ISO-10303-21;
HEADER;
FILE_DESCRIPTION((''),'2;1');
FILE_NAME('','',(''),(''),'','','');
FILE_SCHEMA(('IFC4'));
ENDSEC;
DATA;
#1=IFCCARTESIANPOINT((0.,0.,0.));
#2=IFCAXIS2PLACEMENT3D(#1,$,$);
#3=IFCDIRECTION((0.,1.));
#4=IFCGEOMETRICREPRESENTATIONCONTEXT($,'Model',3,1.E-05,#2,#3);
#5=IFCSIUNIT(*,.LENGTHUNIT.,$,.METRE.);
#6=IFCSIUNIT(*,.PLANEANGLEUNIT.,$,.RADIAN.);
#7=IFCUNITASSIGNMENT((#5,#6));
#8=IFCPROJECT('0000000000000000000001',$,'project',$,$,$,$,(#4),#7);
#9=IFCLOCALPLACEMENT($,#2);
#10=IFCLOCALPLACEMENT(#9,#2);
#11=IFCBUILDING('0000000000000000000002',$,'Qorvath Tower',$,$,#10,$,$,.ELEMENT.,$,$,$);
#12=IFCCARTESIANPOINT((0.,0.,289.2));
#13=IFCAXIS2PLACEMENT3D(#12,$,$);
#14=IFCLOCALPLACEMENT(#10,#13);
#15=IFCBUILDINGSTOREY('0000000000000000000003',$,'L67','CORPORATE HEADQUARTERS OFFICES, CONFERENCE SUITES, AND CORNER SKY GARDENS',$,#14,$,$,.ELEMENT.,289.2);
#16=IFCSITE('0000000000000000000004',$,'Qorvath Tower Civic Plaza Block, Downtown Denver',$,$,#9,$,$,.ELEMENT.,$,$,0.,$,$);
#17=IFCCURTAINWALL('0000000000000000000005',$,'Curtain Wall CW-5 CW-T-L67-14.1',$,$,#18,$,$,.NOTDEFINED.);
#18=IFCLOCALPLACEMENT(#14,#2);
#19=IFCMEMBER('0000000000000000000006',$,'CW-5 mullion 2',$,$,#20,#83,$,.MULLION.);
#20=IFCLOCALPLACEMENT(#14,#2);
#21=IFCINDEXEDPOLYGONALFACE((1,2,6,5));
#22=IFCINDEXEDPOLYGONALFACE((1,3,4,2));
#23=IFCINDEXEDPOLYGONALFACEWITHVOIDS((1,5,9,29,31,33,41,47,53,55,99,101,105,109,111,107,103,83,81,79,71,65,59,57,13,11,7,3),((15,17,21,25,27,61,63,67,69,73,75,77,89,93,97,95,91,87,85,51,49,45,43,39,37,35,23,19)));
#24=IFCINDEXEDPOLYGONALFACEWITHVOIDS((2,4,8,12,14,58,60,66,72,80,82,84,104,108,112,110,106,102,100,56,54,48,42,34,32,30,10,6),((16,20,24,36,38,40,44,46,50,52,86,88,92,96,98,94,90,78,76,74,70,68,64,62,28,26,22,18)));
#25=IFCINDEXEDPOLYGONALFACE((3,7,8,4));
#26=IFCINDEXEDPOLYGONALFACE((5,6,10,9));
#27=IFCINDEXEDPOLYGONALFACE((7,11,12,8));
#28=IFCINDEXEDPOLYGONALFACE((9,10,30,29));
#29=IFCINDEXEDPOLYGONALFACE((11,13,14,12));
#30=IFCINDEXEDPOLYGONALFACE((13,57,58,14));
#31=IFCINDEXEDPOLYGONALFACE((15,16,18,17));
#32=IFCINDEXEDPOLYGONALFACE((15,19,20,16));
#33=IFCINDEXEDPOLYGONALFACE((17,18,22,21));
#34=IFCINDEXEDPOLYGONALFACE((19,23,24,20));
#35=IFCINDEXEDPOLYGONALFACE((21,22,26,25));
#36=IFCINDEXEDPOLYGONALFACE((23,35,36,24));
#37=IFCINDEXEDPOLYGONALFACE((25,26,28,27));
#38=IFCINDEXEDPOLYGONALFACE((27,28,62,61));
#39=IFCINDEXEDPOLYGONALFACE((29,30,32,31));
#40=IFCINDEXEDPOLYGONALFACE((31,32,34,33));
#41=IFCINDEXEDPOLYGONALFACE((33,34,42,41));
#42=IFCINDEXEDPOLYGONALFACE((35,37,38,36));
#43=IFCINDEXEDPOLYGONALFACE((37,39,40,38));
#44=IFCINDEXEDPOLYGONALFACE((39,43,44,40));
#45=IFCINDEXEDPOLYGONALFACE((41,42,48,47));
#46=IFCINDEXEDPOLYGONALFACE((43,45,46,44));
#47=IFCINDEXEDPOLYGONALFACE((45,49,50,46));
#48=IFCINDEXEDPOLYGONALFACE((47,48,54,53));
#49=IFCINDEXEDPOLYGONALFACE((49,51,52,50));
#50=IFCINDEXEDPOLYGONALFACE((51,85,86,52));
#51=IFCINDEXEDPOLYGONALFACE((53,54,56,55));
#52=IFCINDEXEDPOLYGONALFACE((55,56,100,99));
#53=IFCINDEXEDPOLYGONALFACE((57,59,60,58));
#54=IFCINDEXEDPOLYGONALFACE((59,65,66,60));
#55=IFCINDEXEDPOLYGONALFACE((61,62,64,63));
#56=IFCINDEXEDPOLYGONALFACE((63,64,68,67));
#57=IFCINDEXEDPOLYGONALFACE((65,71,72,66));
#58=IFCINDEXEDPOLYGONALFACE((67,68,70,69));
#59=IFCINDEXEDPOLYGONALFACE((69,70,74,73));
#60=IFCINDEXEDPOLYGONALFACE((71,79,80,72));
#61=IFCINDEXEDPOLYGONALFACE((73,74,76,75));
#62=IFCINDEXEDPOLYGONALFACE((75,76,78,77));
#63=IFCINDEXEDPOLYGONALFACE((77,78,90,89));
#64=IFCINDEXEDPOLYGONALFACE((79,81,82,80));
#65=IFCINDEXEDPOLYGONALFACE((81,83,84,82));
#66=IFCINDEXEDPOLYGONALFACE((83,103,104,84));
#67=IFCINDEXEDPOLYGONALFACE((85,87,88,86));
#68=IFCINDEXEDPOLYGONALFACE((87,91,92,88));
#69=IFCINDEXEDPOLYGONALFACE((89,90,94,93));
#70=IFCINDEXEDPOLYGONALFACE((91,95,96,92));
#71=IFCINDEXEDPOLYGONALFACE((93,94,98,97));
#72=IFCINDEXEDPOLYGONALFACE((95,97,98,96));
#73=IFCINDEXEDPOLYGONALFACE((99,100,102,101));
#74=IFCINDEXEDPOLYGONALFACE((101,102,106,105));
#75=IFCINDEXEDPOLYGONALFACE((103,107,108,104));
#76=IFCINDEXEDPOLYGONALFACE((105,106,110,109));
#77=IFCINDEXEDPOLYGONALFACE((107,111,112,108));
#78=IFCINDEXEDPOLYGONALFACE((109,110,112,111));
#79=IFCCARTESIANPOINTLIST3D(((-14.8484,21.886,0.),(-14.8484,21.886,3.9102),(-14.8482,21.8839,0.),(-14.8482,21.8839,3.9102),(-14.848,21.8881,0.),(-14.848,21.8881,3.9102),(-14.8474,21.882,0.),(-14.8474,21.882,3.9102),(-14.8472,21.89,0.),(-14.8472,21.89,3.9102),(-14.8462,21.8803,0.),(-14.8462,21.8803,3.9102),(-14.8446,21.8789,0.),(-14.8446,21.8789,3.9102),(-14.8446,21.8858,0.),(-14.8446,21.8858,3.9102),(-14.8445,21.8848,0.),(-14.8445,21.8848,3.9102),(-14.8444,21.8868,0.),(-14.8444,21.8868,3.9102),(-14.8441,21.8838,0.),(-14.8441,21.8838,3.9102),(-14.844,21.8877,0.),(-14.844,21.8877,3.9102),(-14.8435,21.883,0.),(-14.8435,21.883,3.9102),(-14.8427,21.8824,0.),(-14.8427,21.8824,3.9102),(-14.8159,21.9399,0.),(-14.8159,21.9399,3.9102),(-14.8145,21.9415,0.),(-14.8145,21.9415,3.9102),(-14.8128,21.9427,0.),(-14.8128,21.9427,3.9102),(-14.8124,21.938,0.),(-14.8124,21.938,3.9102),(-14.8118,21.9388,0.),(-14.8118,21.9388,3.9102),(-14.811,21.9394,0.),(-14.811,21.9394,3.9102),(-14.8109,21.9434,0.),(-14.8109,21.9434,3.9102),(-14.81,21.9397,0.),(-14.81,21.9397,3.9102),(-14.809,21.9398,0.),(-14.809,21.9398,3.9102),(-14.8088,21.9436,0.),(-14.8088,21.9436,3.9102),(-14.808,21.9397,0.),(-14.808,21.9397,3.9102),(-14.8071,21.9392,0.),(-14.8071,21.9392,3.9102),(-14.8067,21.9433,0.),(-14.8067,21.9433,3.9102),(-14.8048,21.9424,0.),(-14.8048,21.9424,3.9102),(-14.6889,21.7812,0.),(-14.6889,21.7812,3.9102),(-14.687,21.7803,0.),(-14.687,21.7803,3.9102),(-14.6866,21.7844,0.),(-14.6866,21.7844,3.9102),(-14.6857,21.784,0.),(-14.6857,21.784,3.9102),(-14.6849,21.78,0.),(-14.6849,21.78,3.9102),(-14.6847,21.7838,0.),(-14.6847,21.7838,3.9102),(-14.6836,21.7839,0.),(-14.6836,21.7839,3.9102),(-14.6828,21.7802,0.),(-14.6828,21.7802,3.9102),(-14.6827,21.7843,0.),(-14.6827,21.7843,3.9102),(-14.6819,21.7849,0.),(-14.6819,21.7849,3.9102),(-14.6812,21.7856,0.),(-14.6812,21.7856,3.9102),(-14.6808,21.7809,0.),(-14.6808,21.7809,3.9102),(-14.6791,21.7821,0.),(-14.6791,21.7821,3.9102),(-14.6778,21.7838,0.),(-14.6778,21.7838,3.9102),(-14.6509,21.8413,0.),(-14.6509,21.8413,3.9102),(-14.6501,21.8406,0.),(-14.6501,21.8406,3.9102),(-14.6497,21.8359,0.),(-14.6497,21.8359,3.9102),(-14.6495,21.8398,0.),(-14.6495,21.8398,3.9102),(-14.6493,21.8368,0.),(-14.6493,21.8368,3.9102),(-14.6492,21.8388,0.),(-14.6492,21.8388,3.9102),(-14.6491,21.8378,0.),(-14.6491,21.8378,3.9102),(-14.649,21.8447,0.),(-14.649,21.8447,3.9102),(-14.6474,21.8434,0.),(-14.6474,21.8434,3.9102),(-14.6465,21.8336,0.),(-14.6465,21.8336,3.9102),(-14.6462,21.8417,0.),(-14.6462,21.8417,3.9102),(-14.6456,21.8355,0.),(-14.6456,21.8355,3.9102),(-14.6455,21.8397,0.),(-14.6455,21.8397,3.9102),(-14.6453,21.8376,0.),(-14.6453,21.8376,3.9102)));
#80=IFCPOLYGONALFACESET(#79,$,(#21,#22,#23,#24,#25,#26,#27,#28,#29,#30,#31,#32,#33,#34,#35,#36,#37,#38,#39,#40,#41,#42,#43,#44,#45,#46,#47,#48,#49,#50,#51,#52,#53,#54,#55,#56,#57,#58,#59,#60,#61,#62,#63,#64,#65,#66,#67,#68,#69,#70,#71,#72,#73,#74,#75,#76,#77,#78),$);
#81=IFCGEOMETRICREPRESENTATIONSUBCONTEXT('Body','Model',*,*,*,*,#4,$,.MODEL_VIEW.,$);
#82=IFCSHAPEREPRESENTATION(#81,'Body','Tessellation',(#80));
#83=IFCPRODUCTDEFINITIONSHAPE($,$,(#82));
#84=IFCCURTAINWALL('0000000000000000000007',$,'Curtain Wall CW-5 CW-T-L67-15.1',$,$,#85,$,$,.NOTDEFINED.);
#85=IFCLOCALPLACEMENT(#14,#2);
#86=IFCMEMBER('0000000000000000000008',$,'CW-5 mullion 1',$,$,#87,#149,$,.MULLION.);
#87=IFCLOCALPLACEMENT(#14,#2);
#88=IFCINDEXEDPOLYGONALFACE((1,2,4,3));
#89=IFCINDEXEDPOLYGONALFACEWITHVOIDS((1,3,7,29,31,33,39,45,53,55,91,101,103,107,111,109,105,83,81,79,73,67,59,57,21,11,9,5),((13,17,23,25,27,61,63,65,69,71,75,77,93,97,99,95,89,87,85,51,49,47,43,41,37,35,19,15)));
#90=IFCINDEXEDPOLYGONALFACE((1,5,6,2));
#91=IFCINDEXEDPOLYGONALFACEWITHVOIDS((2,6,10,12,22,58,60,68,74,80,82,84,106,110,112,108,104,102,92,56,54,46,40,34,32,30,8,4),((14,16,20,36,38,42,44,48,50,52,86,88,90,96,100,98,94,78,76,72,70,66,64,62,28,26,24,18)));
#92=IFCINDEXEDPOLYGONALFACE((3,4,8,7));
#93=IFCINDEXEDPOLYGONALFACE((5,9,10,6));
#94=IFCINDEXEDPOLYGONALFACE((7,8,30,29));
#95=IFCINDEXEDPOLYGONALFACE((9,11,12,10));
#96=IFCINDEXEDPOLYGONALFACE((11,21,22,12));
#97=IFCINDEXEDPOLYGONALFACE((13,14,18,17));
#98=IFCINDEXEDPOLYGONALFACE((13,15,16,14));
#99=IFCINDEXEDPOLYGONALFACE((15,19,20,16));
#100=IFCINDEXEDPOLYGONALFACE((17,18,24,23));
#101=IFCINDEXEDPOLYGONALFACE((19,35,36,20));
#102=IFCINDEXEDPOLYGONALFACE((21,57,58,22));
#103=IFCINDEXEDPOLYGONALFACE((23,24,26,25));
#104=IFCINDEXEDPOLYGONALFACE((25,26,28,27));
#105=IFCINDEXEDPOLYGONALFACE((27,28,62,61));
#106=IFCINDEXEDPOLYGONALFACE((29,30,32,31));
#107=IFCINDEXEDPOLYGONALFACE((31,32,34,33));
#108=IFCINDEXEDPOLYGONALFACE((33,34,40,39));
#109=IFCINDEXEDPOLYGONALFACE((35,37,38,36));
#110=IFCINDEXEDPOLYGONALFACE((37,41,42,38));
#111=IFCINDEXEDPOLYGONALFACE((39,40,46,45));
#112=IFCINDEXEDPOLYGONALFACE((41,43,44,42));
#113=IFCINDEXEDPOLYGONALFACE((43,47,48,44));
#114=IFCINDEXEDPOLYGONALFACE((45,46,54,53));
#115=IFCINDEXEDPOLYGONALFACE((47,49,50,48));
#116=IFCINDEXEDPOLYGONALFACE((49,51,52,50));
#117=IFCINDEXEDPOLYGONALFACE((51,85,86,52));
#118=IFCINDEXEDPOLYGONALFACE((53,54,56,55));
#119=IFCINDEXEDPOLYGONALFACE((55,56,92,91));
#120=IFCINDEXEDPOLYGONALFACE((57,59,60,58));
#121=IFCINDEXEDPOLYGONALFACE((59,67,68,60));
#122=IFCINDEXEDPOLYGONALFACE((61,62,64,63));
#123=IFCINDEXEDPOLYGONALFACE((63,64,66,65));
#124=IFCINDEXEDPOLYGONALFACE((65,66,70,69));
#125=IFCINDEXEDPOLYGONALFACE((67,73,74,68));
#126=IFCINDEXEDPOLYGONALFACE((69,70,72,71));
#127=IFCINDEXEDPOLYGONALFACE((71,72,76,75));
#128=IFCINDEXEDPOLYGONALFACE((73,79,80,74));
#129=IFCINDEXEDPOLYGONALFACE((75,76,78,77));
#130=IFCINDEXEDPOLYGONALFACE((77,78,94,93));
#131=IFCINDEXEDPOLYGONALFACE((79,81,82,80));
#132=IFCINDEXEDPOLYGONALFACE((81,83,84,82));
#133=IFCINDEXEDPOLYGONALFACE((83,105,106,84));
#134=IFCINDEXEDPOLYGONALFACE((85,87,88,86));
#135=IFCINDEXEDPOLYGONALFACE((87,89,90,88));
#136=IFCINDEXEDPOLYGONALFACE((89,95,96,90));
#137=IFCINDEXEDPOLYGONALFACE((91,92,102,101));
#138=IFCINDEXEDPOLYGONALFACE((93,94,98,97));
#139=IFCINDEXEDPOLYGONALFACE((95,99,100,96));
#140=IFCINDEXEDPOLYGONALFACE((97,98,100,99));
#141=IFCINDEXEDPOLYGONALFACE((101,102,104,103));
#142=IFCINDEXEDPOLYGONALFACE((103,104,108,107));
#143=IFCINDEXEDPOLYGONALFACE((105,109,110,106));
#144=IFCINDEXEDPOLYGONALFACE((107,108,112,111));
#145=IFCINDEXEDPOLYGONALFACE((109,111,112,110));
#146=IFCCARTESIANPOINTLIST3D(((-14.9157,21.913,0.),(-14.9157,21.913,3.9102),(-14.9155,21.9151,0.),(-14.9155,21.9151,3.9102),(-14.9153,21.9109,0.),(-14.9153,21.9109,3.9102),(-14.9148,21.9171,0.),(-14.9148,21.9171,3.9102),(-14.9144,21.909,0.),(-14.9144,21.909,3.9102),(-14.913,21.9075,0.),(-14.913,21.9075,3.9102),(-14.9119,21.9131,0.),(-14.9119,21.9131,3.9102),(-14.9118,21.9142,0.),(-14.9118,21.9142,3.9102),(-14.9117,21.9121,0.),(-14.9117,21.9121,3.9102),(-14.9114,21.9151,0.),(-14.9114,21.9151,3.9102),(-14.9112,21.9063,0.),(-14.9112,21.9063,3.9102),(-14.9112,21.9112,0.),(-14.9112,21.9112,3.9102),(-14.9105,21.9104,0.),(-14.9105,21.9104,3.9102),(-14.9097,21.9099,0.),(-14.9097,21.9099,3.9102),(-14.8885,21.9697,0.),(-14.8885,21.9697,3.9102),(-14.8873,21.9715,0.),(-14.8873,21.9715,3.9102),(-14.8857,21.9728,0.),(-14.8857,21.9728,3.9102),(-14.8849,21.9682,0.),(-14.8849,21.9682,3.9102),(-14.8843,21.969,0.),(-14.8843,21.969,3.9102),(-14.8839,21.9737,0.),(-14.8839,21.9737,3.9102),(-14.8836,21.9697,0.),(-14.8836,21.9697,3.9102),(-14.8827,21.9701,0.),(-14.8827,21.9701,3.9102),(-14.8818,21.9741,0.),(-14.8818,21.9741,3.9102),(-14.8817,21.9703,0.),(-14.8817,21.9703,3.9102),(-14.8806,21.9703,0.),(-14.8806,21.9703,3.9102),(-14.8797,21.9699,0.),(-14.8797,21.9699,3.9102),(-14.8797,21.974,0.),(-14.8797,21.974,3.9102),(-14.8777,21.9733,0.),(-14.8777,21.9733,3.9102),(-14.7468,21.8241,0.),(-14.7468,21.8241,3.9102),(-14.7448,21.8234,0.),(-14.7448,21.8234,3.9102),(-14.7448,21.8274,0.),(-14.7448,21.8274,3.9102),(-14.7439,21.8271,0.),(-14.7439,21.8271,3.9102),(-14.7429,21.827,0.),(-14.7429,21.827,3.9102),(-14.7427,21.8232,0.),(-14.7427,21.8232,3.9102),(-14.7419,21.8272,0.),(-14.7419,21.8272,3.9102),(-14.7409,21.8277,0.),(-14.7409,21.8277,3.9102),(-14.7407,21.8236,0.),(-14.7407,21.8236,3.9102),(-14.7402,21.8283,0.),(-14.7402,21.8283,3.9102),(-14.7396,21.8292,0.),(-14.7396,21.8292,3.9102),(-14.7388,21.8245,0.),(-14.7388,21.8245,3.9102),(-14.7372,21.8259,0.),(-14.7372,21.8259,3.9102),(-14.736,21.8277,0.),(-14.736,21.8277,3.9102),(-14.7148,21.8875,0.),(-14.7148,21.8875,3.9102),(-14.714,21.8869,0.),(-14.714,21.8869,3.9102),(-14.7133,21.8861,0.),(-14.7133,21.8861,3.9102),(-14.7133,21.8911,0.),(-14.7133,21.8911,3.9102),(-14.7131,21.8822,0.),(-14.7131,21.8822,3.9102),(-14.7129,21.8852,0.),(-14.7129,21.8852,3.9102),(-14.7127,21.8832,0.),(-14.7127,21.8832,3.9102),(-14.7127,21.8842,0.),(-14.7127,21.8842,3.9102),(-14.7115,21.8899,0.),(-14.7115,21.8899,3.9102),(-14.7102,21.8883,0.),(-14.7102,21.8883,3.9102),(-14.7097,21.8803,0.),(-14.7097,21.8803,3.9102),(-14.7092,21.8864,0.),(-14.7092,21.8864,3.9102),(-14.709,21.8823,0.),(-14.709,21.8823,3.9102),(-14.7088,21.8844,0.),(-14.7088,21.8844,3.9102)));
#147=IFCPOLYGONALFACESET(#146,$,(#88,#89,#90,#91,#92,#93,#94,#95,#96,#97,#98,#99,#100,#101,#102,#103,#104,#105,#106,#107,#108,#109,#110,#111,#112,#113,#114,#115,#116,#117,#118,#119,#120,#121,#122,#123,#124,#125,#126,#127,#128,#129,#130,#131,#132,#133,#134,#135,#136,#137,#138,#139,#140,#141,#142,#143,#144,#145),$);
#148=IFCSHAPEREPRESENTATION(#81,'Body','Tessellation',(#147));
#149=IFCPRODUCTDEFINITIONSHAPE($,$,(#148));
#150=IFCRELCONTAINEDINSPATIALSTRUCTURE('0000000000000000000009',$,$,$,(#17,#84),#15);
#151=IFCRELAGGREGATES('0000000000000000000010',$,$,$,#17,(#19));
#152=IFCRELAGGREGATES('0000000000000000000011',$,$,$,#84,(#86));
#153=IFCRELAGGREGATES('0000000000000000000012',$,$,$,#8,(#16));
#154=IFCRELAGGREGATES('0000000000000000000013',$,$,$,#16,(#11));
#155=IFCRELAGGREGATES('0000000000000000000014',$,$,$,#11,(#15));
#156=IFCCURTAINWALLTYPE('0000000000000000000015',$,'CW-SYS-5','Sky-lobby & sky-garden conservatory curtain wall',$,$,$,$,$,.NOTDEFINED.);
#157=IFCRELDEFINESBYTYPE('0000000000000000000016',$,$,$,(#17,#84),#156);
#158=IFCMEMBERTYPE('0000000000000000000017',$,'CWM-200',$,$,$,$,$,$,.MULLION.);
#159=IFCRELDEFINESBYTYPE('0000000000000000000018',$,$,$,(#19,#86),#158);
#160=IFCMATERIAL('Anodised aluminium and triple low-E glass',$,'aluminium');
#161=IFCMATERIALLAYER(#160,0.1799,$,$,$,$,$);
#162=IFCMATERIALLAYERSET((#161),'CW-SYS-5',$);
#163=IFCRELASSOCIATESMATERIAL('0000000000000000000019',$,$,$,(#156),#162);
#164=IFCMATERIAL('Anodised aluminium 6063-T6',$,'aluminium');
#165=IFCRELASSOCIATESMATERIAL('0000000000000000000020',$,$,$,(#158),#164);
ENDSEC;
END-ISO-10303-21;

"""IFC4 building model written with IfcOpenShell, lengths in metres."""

from ifc_helpers import new_model, si_unit, direction, frame, origin, origin_2d, place, context, subcontext, project, spatial, hollow_rectangle, extrude, material, layer, layer_set, material_profile, profile_set, type_object, element, aggregate, save


model = new_model("IFC4")

# Units and contexts
model_context = context("Model", 3, precision=1e-05, world=origin(), true_north=direction((0.0, 1.0)))
body_context = subcontext(model_context, "Body", "Model", "MODEL_VIEW")
ifc_project = project(units=[si_unit("LENGTHUNIT", "METRE"), si_unit("PLANEANGLEUNIT", "RADIAN")], contexts=[model_context])

# Site, building, storey
site_placement = place(None, origin())
site = spatial("IfcSite", under=ifc_project, at=site_placement, Name="Qorvath Tower Civic Plaza Block, Downtown Denver", CompositionType="ELEMENT", RefElevation=0.0)
building_placement = place(site_placement, origin())
building = spatial("IfcBuilding", under=site, at=building_placement, Name="Qorvath Tower", CompositionType="ELEMENT")
storey_placement = place(building_placement, frame((0.0, 0.0, 289.2)))
storey = spatial("IfcBuildingStorey", under=building, at=storey_placement, Name="L67", Description="CORPORATE HEADQUARTERS OFFICES, CONFERENCE SUITES, AND CORNER SKY GARDENS", CompositionType="ELEMENT", Elevation=289.2)

# Shared definitions
ifc_material_1 = material(Name="Anodised aluminium and triple low-E glass", Category="aluminium")
ifc_layer_1 = layer(ifc_material_1, 0.1799)
ifc_layer_set_1 = layer_set([ifc_layer_1], Name="CW-SYS-5")
curtain_wall_type = type_object("IfcCurtainWallType", Name="CW-SYS-5", Description="Sky-lobby & sky-garden conservatory curtain wall", PredefinedType="NOTDEFINED", material=ifc_layer_set_1)
ifc_material_2 = material(Name="Anodised aluminium 6063-T6", Category="aluminium")
ifc_material_profile_1 = material_profile(ifc_material_2, hollow_rectangle(XDim=0.075, YDim=0.2, WallThickness=0.0039, InnerFilletRadius=0.0039, OuterFilletRadius=0.0081, at=origin_2d()), Name="CWM 200x75")
ifc_profile_set_1 = profile_set([ifc_material_profile_1], Name="Anodised aluminium 6063-T6")
member_type_1 = type_object("IfcMemberType", Name="CWM-200", PredefinedType="MULLION", material=ifc_profile_set_1)

# Curtain walls, members
curtain_wall_1_placement = place(storey_placement, origin())
curtain_wall_1 = element("IfcCurtainWall", 1, at=curtain_wall_1_placement, inside=storey, type_object=curtain_wall_type, Name="Curtain Wall CW-5 CW-T-L67-14.1", PredefinedType="NOTDEFINED")
member_1_placement = place(storey_placement, frame((-14.7468, 21.8618, 0.0), z_axis=(0.0, 0.0, 1.0), x_axis=(-0.531406, -0.847117, 0.0)))
member_1 = element("IfcMember", 2, at=member_1_placement, type_object=member_type_1, Name="CW-5 mullion 2", PredefinedType="MULLION", context=body_context, shape_type="SweptSolid", body=[
    extrude(hollow_rectangle(XDim=0.075, YDim=0.2, WallThickness=0.0039, InnerFilletRadius=0.0039, OuterFilletRadius=0.0081, at=origin_2d()), origin(), (0.0, 0.0, 1.0), 3.9102),
])
curtain_wall_2_placement = place(storey_placement, origin())
curtain_wall_2 = element("IfcCurtainWall", 3, at=curtain_wall_2_placement, inside=storey, type_object=curtain_wall_type, Name="Curtain Wall CW-5 CW-T-L67-15.1", PredefinedType="NOTDEFINED")
member_2_placement = place(storey_placement, frame((-14.8123, 21.8987, 0.0), z_axis=(0.0, 0.0, 1.0), x_axis=(-0.447256, -0.894406, 0.0)))
member_2 = element("IfcMember", 4, at=member_2_placement, type_object=member_type_1, Name="CW-5 mullion 1", PredefinedType="MULLION", context=body_context, shape_type="SweptSolid", body=[
    extrude(hollow_rectangle(XDim=0.075, YDim=0.2, WallThickness=0.0039, InnerFilletRadius=0.0039, OuterFilletRadius=0.0081, at=origin_2d()), origin(), (0.0, 0.0, 1.0), 3.9102),
])

aggregate(curtain_wall_1, [member_1])
aggregate(curtain_wall_2, [member_2])

save(model, "model.ifc")
